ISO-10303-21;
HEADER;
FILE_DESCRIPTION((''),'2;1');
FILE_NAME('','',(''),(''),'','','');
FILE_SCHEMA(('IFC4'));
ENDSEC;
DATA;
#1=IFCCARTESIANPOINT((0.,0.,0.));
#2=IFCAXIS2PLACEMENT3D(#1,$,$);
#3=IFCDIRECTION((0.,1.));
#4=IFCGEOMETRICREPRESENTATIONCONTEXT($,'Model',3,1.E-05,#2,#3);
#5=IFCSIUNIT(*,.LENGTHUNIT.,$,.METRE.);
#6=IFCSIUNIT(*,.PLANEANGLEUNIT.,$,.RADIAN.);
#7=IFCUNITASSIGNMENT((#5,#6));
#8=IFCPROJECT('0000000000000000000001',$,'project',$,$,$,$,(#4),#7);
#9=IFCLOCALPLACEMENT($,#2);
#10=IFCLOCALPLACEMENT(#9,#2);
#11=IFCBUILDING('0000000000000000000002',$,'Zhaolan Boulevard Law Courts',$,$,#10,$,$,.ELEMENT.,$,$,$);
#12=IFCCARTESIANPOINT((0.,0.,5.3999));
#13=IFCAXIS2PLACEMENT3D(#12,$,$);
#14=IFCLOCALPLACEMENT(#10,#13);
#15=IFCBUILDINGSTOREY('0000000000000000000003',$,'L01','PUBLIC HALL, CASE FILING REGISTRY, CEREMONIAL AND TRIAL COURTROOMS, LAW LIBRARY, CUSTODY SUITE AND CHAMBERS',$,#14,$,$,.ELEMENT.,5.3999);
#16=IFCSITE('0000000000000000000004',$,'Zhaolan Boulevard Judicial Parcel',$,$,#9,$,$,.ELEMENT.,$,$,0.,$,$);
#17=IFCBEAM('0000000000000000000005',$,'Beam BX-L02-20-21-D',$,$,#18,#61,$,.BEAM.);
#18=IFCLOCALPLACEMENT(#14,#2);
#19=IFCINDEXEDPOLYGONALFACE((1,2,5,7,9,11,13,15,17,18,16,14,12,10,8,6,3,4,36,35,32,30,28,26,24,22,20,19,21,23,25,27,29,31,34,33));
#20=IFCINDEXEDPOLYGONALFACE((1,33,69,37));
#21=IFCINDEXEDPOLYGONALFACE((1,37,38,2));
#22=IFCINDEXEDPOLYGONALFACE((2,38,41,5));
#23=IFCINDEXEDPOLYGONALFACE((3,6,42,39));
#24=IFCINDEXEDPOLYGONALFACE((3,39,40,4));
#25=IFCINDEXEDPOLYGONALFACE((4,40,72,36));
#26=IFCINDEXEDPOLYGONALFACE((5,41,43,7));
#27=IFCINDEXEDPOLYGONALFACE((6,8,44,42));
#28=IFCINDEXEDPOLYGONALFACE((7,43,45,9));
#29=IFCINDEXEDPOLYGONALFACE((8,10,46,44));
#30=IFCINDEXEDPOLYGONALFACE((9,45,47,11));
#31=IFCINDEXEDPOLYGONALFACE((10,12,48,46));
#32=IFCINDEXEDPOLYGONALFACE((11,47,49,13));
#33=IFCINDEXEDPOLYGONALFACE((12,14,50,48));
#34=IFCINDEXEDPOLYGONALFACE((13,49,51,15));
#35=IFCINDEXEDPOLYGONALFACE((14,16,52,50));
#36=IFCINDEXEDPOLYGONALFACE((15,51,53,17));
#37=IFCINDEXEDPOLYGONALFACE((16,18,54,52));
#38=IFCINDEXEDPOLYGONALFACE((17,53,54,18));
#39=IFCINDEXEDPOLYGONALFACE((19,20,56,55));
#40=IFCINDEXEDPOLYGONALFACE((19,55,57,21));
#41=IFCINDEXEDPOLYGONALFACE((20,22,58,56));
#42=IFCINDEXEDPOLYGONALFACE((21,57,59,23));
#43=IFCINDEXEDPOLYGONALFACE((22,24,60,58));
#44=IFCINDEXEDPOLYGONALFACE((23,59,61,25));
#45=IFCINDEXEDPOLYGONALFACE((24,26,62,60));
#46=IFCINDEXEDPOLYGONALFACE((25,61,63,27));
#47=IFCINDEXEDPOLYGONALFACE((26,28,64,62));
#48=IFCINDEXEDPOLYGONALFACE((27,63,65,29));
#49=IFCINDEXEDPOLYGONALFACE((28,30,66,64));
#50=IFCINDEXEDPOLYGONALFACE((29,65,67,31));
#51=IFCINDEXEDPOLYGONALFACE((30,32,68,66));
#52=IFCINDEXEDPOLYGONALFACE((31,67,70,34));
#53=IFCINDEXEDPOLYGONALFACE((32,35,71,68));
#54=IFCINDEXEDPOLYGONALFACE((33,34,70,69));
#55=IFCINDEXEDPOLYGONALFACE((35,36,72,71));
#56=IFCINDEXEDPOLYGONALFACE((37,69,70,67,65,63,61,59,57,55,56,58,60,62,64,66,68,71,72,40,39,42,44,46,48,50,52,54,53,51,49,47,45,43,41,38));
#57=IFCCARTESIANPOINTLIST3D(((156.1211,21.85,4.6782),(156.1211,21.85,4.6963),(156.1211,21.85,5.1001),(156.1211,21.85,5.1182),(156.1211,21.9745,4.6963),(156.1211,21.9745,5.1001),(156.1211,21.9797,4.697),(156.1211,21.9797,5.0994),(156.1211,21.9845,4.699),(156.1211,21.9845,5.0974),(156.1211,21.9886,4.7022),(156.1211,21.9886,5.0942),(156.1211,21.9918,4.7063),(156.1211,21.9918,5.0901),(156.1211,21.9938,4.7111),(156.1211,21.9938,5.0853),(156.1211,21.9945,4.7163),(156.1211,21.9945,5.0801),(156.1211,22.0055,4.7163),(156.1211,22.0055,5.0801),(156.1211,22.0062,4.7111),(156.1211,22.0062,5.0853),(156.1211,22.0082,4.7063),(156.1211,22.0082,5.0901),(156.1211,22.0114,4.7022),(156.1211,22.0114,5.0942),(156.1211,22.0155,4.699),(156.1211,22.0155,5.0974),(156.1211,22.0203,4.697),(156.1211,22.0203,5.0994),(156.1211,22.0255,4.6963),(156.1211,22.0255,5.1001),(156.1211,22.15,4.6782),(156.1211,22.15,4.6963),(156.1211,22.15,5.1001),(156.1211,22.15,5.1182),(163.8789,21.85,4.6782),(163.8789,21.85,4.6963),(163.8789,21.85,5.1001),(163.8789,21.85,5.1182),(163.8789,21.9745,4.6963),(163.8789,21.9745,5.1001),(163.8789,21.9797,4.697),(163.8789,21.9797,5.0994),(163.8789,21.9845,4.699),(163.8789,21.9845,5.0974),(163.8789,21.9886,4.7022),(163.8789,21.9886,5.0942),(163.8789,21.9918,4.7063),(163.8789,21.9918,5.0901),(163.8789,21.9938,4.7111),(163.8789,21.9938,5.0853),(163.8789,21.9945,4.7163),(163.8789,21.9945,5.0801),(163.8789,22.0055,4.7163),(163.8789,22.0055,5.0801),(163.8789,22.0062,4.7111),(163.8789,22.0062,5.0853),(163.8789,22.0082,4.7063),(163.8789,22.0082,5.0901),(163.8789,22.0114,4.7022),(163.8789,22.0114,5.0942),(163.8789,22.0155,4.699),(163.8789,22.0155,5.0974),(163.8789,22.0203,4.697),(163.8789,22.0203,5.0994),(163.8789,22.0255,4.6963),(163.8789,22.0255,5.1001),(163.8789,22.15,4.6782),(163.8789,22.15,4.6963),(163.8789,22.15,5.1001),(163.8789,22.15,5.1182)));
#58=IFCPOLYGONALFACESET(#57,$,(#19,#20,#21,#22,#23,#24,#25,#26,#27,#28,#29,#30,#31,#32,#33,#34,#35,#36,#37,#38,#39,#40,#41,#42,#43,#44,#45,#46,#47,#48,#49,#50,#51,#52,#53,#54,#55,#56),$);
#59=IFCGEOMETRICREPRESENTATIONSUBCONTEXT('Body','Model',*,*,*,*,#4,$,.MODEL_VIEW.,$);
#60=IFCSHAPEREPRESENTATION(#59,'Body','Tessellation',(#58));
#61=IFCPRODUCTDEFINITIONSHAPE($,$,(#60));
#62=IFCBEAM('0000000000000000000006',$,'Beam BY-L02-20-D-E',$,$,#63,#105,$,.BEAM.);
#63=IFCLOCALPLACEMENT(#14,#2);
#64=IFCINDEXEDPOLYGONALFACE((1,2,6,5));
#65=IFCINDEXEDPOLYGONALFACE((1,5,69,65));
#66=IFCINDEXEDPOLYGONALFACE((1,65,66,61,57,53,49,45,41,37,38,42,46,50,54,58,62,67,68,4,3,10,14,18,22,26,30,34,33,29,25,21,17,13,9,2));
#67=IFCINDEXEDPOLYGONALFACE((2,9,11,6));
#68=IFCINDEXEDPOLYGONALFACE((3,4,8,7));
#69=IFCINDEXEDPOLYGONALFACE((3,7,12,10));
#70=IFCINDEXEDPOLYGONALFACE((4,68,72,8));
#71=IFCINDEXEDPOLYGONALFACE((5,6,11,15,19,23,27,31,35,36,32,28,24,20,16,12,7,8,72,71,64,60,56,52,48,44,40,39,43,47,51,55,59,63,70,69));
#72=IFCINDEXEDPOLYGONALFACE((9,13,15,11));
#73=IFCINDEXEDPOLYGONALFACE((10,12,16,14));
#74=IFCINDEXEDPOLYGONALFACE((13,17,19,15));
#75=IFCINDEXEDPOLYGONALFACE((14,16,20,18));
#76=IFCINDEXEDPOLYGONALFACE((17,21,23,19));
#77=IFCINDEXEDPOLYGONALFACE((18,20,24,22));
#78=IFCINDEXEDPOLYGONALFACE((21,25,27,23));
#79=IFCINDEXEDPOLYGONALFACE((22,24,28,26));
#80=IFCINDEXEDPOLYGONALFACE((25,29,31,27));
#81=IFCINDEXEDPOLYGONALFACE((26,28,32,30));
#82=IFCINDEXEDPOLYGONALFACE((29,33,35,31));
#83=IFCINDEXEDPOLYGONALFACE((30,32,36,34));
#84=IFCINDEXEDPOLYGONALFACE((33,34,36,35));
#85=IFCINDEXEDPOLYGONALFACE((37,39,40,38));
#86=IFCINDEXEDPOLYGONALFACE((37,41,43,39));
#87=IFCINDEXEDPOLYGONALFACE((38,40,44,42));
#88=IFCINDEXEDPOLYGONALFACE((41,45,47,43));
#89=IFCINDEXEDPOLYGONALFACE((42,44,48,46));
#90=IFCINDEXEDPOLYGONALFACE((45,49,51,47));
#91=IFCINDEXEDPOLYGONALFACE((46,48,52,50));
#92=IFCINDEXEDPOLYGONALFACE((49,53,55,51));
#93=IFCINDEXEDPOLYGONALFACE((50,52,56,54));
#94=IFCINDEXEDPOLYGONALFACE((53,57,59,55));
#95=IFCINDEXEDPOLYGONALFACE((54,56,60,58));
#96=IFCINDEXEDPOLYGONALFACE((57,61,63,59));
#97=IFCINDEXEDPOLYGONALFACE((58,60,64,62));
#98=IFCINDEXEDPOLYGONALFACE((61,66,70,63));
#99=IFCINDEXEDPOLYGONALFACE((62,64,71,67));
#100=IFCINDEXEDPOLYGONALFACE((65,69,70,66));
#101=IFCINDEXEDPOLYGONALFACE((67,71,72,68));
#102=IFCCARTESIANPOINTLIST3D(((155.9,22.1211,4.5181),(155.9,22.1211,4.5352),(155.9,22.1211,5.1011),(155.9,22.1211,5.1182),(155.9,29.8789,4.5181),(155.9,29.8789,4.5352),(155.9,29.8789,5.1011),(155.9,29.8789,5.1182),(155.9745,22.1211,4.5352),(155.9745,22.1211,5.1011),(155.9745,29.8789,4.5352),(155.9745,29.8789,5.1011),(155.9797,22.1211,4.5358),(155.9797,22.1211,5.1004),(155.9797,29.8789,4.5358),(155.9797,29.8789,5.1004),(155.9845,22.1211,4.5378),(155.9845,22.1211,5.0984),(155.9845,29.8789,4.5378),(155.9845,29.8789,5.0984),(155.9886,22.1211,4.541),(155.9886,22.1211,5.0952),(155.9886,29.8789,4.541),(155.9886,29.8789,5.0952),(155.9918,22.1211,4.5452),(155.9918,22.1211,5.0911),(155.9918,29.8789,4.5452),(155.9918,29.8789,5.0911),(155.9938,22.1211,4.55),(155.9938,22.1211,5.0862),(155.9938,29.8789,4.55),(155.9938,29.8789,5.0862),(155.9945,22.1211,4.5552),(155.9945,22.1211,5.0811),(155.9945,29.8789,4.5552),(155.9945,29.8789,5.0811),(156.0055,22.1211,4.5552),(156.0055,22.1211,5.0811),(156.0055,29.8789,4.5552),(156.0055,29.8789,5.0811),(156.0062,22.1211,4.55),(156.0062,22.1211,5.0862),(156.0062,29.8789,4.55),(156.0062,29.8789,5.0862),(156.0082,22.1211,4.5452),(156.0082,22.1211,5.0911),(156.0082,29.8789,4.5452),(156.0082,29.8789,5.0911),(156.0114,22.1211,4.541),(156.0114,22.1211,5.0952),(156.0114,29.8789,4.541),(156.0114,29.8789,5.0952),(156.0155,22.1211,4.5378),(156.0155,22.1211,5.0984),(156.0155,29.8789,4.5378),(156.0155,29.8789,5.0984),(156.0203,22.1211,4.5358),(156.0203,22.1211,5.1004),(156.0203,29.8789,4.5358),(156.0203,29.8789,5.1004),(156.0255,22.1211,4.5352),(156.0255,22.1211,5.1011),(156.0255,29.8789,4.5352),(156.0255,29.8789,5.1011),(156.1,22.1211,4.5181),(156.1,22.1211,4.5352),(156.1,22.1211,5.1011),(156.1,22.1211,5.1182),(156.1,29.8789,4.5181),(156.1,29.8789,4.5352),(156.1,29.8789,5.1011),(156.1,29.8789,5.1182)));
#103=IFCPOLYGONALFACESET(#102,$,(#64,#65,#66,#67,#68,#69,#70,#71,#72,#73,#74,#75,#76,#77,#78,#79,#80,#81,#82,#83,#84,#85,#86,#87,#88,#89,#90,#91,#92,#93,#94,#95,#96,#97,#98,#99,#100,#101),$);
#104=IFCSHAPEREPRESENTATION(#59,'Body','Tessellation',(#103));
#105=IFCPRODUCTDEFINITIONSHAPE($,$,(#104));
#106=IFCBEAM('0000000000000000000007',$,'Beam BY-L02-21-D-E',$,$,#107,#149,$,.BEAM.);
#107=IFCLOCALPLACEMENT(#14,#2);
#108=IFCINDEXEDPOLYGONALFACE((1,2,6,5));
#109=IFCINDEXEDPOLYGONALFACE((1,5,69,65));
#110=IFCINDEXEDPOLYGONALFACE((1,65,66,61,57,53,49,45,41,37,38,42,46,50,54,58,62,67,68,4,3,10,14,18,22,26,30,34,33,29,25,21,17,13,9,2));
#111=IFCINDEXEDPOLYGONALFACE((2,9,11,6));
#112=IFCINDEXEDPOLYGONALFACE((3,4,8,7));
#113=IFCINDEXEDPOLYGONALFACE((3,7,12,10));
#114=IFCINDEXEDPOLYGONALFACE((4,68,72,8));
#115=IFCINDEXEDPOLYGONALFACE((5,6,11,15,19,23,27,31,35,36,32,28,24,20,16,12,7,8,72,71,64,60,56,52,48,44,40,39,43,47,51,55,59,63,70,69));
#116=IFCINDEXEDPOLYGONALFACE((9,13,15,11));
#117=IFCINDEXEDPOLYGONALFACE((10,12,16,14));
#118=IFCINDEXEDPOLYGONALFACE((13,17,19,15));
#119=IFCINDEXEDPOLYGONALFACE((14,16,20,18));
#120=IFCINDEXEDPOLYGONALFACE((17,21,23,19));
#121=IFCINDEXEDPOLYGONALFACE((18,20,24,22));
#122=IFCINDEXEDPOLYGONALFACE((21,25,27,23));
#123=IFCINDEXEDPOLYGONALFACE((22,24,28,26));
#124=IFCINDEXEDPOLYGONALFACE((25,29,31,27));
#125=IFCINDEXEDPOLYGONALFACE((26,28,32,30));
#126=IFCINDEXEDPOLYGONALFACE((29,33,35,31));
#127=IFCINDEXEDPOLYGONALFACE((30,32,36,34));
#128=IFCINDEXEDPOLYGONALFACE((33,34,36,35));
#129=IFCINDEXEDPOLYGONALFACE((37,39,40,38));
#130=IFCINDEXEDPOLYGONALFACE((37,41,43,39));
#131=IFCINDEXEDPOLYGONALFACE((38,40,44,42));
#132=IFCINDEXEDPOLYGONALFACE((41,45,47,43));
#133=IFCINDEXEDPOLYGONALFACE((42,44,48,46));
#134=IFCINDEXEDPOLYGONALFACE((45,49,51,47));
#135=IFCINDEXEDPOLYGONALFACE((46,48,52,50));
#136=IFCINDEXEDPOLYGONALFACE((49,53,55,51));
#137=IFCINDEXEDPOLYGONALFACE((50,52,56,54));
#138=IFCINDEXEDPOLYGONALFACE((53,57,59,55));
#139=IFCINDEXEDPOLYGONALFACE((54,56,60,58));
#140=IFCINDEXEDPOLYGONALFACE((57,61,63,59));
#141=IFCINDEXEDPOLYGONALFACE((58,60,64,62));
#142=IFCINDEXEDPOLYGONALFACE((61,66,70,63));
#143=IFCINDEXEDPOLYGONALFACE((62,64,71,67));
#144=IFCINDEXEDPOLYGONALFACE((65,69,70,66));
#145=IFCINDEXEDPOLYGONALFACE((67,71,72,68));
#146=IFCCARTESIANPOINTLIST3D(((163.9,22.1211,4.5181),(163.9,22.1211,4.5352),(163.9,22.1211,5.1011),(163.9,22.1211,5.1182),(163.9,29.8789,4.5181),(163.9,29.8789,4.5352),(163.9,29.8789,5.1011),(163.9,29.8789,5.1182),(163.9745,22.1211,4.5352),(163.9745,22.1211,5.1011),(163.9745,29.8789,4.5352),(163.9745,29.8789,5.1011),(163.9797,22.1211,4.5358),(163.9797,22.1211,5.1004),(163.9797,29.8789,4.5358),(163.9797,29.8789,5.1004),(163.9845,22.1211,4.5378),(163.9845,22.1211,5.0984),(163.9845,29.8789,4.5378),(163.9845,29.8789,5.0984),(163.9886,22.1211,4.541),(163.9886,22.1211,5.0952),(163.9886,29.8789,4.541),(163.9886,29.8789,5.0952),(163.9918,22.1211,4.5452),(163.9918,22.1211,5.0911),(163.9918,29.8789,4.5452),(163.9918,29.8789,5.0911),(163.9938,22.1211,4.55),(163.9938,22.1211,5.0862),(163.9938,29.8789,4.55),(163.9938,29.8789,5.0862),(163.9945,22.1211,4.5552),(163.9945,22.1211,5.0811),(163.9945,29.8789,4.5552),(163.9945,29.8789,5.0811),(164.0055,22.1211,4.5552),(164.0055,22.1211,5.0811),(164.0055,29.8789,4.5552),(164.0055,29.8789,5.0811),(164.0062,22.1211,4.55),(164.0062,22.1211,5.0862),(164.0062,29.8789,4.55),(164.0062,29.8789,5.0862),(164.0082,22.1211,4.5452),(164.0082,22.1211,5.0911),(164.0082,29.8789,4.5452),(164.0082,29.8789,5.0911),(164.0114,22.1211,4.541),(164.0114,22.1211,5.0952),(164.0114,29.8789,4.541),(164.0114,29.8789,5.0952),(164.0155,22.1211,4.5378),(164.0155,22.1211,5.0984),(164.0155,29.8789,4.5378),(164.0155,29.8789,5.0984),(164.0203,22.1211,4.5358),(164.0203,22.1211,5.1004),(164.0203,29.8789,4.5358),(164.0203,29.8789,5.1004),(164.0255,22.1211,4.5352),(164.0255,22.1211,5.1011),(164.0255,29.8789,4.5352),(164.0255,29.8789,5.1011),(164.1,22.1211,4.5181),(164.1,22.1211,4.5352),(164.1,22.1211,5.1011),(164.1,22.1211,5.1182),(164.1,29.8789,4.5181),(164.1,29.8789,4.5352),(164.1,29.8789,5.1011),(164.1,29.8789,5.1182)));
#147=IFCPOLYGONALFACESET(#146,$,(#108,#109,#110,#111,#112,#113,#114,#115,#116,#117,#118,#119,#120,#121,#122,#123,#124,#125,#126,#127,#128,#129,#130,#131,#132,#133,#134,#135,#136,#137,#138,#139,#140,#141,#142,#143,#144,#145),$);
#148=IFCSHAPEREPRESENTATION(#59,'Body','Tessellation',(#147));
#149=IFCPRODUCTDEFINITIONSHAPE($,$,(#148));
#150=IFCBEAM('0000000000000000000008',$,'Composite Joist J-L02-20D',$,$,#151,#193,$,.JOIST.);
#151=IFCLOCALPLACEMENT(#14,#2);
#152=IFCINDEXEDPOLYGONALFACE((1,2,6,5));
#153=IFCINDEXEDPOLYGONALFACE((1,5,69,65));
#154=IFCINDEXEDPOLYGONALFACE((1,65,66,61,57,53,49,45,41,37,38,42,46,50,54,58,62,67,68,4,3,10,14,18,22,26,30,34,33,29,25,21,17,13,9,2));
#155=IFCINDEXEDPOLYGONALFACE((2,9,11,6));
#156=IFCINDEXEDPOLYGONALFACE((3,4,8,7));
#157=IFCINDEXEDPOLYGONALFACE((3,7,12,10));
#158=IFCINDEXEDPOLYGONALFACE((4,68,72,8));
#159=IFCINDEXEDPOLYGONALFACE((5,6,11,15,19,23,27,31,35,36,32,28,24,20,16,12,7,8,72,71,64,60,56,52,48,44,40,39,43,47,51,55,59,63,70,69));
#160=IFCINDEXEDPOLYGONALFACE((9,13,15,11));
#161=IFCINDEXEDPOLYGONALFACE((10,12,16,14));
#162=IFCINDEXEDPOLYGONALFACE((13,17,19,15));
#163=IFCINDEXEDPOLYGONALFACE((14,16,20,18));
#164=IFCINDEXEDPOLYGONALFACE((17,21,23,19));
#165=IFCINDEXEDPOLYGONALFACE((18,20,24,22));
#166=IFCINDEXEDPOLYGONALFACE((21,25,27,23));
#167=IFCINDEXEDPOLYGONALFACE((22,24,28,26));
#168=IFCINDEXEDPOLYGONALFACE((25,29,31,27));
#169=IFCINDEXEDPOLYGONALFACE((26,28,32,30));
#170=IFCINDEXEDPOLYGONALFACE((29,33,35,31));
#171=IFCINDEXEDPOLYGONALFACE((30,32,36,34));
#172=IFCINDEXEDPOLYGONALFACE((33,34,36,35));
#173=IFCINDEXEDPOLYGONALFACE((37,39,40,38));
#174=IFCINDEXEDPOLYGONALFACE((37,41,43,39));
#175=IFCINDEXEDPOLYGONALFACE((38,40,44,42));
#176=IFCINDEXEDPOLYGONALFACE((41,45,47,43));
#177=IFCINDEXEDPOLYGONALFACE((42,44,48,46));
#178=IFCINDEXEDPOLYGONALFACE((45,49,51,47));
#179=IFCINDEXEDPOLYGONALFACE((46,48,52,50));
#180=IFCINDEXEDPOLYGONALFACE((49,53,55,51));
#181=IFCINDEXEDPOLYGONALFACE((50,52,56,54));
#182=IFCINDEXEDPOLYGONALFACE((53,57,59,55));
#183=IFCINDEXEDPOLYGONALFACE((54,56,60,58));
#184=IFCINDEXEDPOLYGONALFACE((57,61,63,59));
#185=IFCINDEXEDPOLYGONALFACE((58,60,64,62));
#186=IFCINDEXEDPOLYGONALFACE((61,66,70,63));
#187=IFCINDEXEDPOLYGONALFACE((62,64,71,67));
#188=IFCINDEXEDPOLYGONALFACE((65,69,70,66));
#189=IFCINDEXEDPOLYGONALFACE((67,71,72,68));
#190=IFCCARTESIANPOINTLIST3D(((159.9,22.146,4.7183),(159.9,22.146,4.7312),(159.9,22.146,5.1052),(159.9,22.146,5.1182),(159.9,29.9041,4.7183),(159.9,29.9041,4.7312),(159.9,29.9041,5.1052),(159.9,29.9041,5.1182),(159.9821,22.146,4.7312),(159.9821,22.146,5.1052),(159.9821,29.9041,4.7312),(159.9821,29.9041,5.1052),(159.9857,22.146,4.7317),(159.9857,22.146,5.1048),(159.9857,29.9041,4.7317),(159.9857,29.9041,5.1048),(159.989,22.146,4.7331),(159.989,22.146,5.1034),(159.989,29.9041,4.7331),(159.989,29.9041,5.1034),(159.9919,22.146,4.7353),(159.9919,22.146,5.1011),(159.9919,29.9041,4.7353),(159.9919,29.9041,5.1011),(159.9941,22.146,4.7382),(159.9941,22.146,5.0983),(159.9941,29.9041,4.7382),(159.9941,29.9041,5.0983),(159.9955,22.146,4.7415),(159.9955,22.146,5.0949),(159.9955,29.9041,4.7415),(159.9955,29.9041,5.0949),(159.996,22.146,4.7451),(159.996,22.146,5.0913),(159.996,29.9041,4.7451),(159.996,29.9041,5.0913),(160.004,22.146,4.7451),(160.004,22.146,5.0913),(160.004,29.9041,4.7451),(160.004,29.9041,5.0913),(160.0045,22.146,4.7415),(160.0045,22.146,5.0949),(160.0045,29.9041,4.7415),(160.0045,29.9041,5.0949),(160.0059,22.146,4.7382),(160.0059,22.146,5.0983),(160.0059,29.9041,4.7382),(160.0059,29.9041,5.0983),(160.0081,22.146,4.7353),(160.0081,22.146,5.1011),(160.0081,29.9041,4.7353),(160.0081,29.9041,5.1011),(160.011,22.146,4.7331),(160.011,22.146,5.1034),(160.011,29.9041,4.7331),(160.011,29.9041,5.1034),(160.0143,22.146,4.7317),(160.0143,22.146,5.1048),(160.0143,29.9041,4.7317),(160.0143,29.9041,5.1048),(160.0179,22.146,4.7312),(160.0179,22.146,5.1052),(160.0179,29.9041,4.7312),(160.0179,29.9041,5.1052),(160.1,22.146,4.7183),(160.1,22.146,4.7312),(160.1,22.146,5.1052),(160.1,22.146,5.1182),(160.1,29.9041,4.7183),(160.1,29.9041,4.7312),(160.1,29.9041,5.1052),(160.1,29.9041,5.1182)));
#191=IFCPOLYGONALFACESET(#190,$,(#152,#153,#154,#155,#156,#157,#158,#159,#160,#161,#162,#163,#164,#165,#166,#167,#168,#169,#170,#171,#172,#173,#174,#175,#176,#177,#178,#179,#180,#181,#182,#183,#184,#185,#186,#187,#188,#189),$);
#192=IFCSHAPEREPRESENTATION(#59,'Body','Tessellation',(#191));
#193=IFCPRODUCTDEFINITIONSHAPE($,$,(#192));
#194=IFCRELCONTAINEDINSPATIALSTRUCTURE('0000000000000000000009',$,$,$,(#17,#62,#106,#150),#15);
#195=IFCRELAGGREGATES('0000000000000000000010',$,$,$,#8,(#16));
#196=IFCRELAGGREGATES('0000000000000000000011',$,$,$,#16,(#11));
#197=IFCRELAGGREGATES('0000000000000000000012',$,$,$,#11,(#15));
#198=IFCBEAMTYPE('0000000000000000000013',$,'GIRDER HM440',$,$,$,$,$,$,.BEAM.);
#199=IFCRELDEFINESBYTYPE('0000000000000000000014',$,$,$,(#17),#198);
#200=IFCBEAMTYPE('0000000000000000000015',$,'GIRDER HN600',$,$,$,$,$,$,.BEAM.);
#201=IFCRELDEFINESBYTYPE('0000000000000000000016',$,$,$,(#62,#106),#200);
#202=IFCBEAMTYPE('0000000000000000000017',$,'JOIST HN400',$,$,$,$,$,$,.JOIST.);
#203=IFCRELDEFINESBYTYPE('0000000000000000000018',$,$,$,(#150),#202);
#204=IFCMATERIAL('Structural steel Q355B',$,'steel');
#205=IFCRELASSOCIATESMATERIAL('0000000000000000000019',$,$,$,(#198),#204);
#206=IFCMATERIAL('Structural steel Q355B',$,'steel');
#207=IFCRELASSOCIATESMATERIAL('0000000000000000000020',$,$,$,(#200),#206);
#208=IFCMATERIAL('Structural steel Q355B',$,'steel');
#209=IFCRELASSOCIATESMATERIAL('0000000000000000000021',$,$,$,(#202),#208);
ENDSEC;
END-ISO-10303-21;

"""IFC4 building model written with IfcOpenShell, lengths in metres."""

from ifc_helpers import new_model, si_unit, direction, frame, origin, origin_2d, place, context, subcontext, project, spatial, i_section, extrude, material, material_profile, profile_set, type_object, element, save


model = new_model("IFC4")

# Units and contexts
model_context = context("Model", 3, precision=1e-05, world=origin(), true_north=direction((0.0, 1.0)))
body_context = subcontext(model_context, "Body", "Model", "MODEL_VIEW")
ifc_project = project(units=[si_unit("LENGTHUNIT", "METRE"), si_unit("PLANEANGLEUNIT", "RADIAN")], contexts=[model_context])

# Site, building, storey
site_placement = place(None, origin())
site = spatial("IfcSite", under=ifc_project, at=site_placement, Name="Zhaolan Boulevard Judicial Parcel", CompositionType="ELEMENT", RefElevation=0.0)
building_placement = place(site_placement, origin())
building = spatial("IfcBuilding", under=site, at=building_placement, Name="Zhaolan Boulevard Law Courts", CompositionType="ELEMENT")
storey_placement = place(building_placement, frame((0.0, 0.0, 5.3999)))
storey = spatial("IfcBuildingStorey", under=building, at=storey_placement, Name="L01", Description="PUBLIC HALL, CASE FILING REGISTRY, CEREMONIAL AND TRIAL COURTROOMS, LAW LIBRARY, CUSTODY SUITE AND CHAMBERS", CompositionType="ELEMENT", Elevation=5.3999)

# Beams
ifc_material_1 = material(Name="Structural steel Q355B", Category="steel")
ifc_material_profile_1 = material_profile(ifc_material_1, i_section(OverallWidth=0.3, OverallDepth=0.4399, WebThickness=0.011, FlangeThickness=0.0181, FilletRadius=0.02, at=origin_2d()), Name="HM440x300")
ifc_profile_set_1 = profile_set([ifc_material_profile_1], Name="Structural steel Q355B")
beam_type_1 = type_object("IfcBeamType", Name="GIRDER HM440", PredefinedType="BEAM", material=ifc_profile_set_1)
beam_1_placement = place(storey_placement, frame((156.1211, 22.0, 4.8982), z_axis=(1.0, 0.0, 0.0), x_axis=(0.0, 1.0, 0.0)))
element("IfcBeam", 1, at=beam_1_placement, inside=storey, type_object=beam_type_1, Name="Beam BX-L02-20-21-D", PredefinedType="BEAM", context=body_context, shape_type="SweptSolid", body=[
    extrude(i_section(OverallWidth=0.3, OverallDepth=0.4399, WebThickness=0.011, FlangeThickness=0.0181, FilletRadius=0.02, at=origin_2d()), origin(), (0.0, 0.0, 1.0), 7.7578),
])
ifc_material_2 = material(Name="Structural steel Q355B", Category="steel")
ifc_material_profile_2 = material_profile(ifc_material_2, i_section(OverallWidth=0.2, OverallDepth=0.6001, WebThickness=0.011, FlangeThickness=0.0171, FilletRadius=0.02, at=origin_2d()), Name="HN600x200")
ifc_profile_set_2 = profile_set([ifc_material_profile_2], Name="Structural steel Q355B")
beam_type_2 = type_object("IfcBeamType", Name="GIRDER HN600", PredefinedType="BEAM", material=ifc_profile_set_2)
for number, where, z_axis, x_axis, name in (
    (2, (156.0, 22.1211, 4.8181), (0.0, 1.0, 0.0), (-1.0, 0.0, 0.0), "Beam BY-L02-20-D-E"),
    (3, (164.0, 22.1211, 4.8181), (0.0, 1.0, 0.0), (-1.0, 0.0, 0.0), "Beam BY-L02-21-D-E"),
):
    element("IfcBeam", number, at=place(storey_placement, frame(where, z_axis=z_axis, x_axis=x_axis)), inside=storey, type_object=beam_type_2, Name=name, PredefinedType="BEAM", context=body_context, shape_type="SweptSolid", body=[
        extrude(i_section(OverallWidth=0.2, OverallDepth=0.6001, WebThickness=0.011, FlangeThickness=0.0171, FilletRadius=0.02, at=origin_2d()), origin(), (0.0, 0.0, 1.0), 7.7578),
    ])
ifc_material_3 = material(Name="Structural steel Q355B", Category="steel")
ifc_material_profile_3 = material_profile(ifc_material_3, i_section(OverallWidth=0.2, OverallDepth=0.3999, WebThickness=0.0081, FlangeThickness=0.0129, FilletRadius=0.0139, at=origin_2d()), Name="HN400x200")
ifc_profile_set_3 = profile_set([ifc_material_profile_3], Name="Structural steel Q355B")
beam_type_3 = type_object("IfcBeamType", Name="JOIST HN400", PredefinedType="JOIST", material=ifc_profile_set_3)
beam_2_placement = place(storey_placement, frame((160.0, 22.146, 4.9182), z_axis=(0.0, 1.0, 0.0), x_axis=(-1.0, 0.0, 0.0)))
element("IfcBeam", 4, at=beam_2_placement, inside=storey, type_object=beam_type_3, Name="Composite Joist J-L02-20D", PredefinedType="JOIST", context=body_context, shape_type="SweptSolid", body=[
    extrude(i_section(OverallWidth=0.2, OverallDepth=0.3999, WebThickness=0.0081, FlangeThickness=0.0129, FilletRadius=0.0139, at=origin_2d()), origin(), (0.0, 0.0, 1.0), 7.7581),
])

save(model, "model.ifc")
